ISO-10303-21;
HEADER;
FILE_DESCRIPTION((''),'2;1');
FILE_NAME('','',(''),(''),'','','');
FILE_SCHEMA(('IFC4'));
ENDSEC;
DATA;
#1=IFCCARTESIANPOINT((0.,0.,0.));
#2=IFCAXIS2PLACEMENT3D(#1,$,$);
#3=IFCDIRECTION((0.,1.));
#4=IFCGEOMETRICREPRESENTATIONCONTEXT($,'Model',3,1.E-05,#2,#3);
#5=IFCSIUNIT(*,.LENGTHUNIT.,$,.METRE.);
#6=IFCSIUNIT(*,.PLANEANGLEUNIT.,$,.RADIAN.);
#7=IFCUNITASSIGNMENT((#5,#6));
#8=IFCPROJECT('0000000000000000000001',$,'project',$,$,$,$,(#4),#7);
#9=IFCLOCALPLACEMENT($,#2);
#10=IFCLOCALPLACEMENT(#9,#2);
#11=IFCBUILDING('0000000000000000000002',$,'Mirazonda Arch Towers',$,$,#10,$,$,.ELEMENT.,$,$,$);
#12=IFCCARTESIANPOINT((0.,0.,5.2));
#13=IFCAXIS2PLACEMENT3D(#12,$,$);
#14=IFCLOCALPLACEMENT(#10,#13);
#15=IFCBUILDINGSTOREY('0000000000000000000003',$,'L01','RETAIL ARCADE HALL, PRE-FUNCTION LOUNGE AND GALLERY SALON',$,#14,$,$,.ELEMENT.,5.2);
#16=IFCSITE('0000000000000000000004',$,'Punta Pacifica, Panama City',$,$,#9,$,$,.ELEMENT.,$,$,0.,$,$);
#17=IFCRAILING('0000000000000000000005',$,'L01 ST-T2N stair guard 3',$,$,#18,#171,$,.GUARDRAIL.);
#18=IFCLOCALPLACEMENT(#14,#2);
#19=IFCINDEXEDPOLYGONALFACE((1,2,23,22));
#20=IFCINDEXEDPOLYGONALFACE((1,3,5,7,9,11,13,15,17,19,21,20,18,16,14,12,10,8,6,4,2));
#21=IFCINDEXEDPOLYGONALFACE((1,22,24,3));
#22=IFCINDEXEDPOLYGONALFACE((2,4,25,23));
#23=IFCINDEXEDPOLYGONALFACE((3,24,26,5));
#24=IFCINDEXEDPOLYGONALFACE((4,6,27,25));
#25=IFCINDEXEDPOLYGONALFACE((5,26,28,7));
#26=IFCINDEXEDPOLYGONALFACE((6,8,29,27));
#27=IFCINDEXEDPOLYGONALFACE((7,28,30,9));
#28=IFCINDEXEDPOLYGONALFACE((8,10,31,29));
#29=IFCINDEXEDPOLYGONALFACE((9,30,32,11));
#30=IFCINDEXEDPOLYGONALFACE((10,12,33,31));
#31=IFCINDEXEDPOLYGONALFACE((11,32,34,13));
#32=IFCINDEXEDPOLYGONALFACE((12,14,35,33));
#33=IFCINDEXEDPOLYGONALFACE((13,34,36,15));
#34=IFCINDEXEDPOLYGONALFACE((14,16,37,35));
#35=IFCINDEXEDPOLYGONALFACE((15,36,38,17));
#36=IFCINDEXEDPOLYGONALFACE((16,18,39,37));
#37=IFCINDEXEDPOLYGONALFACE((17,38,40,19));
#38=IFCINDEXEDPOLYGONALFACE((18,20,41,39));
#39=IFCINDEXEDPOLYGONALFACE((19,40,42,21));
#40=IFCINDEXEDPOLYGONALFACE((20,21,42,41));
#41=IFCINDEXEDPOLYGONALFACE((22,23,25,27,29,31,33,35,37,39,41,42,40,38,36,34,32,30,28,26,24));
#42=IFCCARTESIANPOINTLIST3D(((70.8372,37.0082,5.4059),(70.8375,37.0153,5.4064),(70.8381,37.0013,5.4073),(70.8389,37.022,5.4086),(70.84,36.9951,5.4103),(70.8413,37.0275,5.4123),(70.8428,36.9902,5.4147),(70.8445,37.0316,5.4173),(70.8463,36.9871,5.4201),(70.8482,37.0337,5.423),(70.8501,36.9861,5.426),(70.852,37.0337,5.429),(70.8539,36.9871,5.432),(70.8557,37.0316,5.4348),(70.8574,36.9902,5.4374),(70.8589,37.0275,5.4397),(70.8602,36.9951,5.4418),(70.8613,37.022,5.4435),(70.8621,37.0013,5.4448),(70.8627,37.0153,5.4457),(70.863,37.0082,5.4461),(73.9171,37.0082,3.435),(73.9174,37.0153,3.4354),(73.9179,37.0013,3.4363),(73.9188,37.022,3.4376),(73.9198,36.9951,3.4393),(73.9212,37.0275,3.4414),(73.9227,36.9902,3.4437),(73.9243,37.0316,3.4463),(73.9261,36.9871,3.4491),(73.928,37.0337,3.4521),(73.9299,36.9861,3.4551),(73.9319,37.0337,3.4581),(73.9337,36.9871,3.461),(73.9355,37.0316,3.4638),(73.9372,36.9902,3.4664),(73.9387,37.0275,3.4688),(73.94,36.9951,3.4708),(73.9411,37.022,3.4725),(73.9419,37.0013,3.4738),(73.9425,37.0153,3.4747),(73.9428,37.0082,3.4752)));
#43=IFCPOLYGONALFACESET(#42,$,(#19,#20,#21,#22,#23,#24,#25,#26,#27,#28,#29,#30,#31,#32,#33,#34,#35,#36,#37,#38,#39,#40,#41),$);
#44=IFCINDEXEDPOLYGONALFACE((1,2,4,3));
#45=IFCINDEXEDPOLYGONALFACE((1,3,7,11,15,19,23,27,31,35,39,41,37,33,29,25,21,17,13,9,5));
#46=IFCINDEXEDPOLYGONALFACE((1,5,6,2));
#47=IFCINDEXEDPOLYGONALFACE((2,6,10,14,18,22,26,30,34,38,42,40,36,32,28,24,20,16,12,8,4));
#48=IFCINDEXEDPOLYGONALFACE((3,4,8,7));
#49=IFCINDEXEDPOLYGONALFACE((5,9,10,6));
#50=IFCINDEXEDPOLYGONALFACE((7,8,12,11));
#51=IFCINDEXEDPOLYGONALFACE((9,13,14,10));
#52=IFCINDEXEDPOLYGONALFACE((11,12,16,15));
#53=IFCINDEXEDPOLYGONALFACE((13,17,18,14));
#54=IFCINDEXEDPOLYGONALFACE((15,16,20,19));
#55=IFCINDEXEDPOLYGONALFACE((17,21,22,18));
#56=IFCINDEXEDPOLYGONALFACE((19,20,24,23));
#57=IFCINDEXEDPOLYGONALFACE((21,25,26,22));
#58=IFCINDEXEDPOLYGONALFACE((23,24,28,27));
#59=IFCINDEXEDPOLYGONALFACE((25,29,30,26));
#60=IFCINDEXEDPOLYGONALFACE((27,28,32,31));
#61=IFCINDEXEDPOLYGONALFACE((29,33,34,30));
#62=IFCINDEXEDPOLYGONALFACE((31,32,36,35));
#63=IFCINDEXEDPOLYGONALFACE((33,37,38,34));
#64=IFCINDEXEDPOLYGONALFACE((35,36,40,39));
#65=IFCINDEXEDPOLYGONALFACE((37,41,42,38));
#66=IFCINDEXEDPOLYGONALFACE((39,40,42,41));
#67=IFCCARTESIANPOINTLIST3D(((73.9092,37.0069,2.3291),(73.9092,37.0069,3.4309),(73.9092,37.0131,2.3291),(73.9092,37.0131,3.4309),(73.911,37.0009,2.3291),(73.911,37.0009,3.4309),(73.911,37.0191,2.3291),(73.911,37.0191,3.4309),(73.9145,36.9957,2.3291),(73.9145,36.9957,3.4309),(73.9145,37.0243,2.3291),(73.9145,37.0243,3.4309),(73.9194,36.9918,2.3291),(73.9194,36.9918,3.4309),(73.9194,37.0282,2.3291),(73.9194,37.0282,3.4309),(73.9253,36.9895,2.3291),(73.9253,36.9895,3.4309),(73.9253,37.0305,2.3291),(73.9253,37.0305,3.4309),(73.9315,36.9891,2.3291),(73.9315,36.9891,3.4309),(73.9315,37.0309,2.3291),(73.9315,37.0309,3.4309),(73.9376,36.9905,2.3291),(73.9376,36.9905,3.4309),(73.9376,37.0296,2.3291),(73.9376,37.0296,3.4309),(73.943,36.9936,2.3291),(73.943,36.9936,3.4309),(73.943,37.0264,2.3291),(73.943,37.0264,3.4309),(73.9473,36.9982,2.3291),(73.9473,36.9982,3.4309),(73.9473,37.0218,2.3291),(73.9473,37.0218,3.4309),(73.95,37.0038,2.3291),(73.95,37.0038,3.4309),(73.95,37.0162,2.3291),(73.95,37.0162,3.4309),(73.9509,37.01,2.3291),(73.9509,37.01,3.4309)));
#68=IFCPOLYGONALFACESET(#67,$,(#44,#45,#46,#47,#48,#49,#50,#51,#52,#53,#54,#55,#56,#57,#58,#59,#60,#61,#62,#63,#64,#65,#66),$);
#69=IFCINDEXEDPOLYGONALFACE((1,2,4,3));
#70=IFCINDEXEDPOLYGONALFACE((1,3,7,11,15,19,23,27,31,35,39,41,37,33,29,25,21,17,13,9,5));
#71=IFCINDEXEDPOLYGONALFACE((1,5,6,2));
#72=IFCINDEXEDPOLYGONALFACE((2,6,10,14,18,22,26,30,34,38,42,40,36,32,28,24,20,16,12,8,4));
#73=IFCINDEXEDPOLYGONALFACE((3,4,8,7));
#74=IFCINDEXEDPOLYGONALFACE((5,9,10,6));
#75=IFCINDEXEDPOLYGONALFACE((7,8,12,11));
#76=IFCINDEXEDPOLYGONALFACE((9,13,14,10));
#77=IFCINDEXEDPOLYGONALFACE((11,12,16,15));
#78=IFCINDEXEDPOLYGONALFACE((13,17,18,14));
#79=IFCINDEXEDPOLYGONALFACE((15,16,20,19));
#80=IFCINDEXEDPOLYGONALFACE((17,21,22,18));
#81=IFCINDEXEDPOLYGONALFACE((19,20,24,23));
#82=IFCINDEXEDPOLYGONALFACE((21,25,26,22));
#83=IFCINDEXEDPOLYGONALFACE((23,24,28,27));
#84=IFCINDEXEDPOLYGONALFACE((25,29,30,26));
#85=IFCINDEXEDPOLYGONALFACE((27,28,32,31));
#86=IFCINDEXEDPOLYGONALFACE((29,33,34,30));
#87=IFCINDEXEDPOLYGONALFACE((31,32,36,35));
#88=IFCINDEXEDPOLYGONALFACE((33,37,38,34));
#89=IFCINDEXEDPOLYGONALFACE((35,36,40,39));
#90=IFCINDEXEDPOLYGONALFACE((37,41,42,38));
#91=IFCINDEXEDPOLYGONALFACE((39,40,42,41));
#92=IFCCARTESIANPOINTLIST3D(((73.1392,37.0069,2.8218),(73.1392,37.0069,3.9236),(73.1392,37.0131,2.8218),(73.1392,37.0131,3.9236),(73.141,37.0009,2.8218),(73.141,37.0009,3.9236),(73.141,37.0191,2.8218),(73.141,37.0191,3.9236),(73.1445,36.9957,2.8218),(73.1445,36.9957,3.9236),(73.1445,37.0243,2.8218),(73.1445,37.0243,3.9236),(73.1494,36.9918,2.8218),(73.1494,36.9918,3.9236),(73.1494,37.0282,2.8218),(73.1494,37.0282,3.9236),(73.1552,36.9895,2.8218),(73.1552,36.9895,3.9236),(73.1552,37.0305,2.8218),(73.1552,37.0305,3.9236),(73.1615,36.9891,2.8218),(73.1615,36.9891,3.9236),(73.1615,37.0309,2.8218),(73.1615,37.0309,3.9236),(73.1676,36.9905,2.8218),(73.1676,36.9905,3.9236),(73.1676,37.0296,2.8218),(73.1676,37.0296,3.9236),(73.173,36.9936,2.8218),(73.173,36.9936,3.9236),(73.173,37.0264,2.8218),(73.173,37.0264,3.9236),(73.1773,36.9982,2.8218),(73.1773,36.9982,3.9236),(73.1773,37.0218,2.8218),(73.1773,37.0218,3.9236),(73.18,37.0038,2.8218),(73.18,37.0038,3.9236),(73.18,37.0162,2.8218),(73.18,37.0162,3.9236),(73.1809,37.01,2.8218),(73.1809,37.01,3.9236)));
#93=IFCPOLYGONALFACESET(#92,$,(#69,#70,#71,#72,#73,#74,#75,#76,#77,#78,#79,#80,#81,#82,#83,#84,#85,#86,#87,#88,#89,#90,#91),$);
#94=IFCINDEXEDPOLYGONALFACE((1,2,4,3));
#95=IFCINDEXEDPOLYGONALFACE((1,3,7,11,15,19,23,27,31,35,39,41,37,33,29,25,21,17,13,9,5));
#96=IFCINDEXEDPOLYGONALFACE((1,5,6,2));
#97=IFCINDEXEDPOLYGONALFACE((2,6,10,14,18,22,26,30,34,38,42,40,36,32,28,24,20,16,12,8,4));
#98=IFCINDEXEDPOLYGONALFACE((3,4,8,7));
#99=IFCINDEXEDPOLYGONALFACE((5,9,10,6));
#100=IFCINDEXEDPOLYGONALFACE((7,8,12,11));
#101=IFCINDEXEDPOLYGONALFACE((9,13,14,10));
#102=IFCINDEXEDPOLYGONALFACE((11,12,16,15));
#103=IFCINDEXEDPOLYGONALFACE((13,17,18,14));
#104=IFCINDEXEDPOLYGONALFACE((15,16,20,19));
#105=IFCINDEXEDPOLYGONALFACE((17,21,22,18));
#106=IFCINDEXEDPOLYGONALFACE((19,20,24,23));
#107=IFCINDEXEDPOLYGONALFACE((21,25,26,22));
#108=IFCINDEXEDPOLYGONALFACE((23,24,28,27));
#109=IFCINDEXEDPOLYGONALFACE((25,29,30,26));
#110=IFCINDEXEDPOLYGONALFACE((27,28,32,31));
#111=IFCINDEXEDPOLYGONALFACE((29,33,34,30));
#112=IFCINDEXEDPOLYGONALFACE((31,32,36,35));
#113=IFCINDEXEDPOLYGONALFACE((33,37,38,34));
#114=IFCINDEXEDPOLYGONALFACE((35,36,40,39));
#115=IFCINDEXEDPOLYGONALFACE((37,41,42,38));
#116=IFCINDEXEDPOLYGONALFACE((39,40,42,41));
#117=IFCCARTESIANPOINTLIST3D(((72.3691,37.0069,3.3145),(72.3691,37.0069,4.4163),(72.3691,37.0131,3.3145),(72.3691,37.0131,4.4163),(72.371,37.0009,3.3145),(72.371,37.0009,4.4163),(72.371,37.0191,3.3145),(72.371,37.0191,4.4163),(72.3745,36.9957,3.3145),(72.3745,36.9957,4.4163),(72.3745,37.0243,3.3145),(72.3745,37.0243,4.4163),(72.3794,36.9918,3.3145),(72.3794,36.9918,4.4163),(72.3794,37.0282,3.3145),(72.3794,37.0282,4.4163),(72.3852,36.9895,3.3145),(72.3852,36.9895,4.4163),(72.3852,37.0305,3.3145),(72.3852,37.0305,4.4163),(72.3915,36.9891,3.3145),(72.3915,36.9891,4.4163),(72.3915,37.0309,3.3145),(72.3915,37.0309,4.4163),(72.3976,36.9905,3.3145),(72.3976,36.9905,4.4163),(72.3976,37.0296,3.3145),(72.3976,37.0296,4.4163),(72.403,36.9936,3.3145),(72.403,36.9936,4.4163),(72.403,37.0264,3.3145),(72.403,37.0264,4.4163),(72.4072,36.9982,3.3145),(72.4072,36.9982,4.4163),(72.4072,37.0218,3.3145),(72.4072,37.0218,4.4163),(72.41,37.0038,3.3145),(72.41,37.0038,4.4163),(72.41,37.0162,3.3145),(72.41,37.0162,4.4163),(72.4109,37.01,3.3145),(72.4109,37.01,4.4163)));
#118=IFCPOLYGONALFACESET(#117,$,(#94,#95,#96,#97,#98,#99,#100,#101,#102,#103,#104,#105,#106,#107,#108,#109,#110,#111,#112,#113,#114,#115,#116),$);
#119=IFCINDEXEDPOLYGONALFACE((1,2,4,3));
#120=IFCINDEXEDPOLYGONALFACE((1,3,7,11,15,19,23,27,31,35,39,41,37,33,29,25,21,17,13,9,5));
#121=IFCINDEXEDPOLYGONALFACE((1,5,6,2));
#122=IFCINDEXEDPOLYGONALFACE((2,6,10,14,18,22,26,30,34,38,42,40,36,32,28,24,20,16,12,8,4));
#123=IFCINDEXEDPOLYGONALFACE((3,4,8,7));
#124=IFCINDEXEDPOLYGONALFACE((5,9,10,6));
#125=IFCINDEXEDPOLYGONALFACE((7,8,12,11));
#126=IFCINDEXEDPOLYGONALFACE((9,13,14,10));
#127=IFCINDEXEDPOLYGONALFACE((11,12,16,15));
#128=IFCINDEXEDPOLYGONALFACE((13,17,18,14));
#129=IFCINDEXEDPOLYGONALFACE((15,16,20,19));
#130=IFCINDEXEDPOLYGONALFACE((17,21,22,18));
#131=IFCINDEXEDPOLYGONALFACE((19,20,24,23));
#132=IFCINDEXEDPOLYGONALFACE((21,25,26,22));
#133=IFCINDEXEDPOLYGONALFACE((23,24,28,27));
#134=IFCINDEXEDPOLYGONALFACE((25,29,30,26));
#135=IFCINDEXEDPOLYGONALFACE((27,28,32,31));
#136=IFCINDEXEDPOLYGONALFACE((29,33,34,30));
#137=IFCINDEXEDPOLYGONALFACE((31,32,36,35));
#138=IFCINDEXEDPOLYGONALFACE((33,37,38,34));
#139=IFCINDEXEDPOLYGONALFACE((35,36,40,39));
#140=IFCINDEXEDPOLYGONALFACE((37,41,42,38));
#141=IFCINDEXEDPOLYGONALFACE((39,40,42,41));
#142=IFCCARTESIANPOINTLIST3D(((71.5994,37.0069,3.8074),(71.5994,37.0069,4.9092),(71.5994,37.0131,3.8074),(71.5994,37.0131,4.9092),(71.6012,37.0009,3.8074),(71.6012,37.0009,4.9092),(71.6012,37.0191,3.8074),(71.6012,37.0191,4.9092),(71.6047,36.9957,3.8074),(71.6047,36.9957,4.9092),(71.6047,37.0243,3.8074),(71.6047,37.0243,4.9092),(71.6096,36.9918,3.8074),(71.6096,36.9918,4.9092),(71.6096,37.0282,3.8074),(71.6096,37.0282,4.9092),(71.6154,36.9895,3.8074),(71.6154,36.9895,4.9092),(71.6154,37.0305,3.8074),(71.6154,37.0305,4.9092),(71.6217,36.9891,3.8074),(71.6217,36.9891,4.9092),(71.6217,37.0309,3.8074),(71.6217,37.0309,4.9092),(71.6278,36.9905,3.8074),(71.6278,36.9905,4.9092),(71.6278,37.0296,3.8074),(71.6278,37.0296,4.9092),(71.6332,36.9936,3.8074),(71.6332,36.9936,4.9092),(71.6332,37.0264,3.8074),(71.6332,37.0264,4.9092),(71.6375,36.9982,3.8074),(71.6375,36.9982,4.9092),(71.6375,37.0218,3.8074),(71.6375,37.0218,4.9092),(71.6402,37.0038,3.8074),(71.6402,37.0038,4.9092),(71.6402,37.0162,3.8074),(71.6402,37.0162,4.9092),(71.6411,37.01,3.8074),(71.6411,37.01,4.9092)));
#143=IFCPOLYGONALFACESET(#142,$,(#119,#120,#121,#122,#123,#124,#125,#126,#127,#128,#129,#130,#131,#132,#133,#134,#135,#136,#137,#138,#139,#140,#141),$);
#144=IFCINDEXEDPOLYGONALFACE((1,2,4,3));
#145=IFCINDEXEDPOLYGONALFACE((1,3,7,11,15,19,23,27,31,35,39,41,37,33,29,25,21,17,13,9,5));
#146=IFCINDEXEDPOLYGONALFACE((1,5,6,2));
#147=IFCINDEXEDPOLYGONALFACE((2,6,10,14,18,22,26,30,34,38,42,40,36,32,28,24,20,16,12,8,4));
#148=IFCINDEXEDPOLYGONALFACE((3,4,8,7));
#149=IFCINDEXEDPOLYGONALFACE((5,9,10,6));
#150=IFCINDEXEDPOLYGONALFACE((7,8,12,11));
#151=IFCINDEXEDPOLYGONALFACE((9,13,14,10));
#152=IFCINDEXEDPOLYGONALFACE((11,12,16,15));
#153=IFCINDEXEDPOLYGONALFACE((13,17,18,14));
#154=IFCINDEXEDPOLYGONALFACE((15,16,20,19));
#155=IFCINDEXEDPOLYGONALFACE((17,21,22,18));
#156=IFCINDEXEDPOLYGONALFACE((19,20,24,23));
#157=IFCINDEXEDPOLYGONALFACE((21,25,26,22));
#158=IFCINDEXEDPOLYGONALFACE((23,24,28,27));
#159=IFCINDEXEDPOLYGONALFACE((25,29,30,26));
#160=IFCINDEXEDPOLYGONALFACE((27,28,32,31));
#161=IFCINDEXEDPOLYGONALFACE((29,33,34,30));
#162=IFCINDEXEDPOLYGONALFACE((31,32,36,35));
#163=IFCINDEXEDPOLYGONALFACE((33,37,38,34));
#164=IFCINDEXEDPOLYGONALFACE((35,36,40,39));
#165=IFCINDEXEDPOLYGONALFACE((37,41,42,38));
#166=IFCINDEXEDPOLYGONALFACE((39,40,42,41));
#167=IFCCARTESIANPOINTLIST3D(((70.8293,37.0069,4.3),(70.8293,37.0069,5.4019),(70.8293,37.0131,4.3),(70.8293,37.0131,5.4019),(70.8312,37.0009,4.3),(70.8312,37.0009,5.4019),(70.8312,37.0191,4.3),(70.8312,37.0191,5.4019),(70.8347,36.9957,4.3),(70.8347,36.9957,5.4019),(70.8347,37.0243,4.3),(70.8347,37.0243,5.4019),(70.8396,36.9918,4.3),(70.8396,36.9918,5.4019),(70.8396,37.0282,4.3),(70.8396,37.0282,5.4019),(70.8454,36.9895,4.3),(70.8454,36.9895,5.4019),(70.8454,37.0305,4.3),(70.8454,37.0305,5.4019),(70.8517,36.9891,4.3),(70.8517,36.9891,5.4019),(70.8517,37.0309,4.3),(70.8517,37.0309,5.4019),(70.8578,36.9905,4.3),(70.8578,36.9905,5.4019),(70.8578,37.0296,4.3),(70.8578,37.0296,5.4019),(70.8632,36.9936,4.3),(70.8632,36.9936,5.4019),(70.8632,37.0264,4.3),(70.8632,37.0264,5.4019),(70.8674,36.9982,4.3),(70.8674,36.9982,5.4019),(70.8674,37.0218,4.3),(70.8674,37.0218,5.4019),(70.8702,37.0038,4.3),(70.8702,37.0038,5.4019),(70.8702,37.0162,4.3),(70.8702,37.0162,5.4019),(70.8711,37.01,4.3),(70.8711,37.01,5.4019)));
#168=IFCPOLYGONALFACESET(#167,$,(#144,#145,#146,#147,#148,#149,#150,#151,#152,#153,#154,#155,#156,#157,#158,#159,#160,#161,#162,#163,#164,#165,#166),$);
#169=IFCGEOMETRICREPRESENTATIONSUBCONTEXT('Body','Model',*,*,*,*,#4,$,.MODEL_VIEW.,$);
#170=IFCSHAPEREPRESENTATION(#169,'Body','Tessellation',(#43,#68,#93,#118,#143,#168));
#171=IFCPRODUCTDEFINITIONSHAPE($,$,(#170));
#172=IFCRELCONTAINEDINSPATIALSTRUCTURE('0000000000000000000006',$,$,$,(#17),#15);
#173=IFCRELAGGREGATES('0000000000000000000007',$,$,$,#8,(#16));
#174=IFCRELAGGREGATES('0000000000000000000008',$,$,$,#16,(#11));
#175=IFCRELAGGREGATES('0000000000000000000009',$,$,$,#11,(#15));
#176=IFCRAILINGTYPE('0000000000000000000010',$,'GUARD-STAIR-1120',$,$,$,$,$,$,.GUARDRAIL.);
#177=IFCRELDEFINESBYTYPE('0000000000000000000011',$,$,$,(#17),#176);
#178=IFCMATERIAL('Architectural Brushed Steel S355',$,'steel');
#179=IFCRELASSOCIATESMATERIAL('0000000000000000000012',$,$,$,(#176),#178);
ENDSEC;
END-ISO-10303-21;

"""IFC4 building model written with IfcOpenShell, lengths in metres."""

from ifc_helpers import new_model, si_unit, direction, frame, origin, origin_2d, place, context, subcontext, project, spatial, circle, extrude, material, type_object, element, save


model = new_model("IFC4")

# Units and contexts
model_context = context("Model", 3, precision=1e-05, world=origin(), true_north=direction((0.0, 1.0)))
body_context = subcontext(model_context, "Body", "Model", "MODEL_VIEW")
ifc_project = project(units=[si_unit("LENGTHUNIT", "METRE"), si_unit("PLANEANGLEUNIT", "RADIAN")], contexts=[model_context])

# Site, building, storey
site_placement = place(None, origin())
site = spatial("IfcSite", under=ifc_project, at=site_placement, Name="Punta Pacifica, Panama City", CompositionType="ELEMENT", RefElevation=0.0)
building_placement = place(site_placement, origin())
building = spatial("IfcBuilding", under=site, at=building_placement, Name="Mirazonda Arch Towers", CompositionType="ELEMENT")
storey_placement = place(building_placement, frame((0.0, 0.0, 5.2)))
storey = spatial("IfcBuildingStorey", under=building, at=storey_placement, Name="L01", Description="RETAIL ARCADE HALL, PRE-FUNCTION LOUNGE AND GALLERY SALON", CompositionType="ELEMENT", Elevation=5.2)

# Railing
ifc_material_1 = material(Name="Architectural Brushed Steel S355", Category="steel")
railing_type_1 = type_object("IfcRailingType", Name="GUARD-STAIR-1120", PredefinedType="GUARDRAIL", material=ifc_material_1)
railing_1_placement = place(storey_placement, frame((73.9299, 37.01, 2.3291)))
element("IfcRailing", 1, at=railing_1_placement, inside=storey, type_object=railing_type_1, Name="L01 ST-T2N stair guard 3", PredefinedType="GUARDRAIL", context=body_context, shape_type="SweptSolid", body=[
    extrude(circle(Radius=0.0239, at=origin_2d()), frame((0.0, 0.0, 1.126), z_axis=(-0.84229, 0.0, 0.539025), x_axis=(0.0, -1.0, 0.0)), (0.0, 0.0, 1.0), 3.6565),
    extrude(circle(Radius=0.021, at=origin_2d()), origin(), (0.0, 0.0, 1.0), 1.1018),
    extrude(circle(Radius=0.021, at=origin_2d()), frame((-0.77, 0.0, 0.4927)), (0.0, 0.0, 1.0), 1.1018),
    extrude(circle(Radius=0.021, at=origin_2d()), frame((-1.54, 0.0, 0.9854)), (0.0, 0.0, 1.0), 1.1018),
    extrude(circle(Radius=0.021, at=origin_2d()), frame((-2.3098, 0.0, 1.4783)), (0.0, 0.0, 1.0), 1.1018),
    extrude(circle(Radius=0.021, at=origin_2d()), frame((-3.0798, 0.0, 1.9709)), (0.0, 0.0, 1.0), 1.1018),
])

save(model, "model.ifc")
